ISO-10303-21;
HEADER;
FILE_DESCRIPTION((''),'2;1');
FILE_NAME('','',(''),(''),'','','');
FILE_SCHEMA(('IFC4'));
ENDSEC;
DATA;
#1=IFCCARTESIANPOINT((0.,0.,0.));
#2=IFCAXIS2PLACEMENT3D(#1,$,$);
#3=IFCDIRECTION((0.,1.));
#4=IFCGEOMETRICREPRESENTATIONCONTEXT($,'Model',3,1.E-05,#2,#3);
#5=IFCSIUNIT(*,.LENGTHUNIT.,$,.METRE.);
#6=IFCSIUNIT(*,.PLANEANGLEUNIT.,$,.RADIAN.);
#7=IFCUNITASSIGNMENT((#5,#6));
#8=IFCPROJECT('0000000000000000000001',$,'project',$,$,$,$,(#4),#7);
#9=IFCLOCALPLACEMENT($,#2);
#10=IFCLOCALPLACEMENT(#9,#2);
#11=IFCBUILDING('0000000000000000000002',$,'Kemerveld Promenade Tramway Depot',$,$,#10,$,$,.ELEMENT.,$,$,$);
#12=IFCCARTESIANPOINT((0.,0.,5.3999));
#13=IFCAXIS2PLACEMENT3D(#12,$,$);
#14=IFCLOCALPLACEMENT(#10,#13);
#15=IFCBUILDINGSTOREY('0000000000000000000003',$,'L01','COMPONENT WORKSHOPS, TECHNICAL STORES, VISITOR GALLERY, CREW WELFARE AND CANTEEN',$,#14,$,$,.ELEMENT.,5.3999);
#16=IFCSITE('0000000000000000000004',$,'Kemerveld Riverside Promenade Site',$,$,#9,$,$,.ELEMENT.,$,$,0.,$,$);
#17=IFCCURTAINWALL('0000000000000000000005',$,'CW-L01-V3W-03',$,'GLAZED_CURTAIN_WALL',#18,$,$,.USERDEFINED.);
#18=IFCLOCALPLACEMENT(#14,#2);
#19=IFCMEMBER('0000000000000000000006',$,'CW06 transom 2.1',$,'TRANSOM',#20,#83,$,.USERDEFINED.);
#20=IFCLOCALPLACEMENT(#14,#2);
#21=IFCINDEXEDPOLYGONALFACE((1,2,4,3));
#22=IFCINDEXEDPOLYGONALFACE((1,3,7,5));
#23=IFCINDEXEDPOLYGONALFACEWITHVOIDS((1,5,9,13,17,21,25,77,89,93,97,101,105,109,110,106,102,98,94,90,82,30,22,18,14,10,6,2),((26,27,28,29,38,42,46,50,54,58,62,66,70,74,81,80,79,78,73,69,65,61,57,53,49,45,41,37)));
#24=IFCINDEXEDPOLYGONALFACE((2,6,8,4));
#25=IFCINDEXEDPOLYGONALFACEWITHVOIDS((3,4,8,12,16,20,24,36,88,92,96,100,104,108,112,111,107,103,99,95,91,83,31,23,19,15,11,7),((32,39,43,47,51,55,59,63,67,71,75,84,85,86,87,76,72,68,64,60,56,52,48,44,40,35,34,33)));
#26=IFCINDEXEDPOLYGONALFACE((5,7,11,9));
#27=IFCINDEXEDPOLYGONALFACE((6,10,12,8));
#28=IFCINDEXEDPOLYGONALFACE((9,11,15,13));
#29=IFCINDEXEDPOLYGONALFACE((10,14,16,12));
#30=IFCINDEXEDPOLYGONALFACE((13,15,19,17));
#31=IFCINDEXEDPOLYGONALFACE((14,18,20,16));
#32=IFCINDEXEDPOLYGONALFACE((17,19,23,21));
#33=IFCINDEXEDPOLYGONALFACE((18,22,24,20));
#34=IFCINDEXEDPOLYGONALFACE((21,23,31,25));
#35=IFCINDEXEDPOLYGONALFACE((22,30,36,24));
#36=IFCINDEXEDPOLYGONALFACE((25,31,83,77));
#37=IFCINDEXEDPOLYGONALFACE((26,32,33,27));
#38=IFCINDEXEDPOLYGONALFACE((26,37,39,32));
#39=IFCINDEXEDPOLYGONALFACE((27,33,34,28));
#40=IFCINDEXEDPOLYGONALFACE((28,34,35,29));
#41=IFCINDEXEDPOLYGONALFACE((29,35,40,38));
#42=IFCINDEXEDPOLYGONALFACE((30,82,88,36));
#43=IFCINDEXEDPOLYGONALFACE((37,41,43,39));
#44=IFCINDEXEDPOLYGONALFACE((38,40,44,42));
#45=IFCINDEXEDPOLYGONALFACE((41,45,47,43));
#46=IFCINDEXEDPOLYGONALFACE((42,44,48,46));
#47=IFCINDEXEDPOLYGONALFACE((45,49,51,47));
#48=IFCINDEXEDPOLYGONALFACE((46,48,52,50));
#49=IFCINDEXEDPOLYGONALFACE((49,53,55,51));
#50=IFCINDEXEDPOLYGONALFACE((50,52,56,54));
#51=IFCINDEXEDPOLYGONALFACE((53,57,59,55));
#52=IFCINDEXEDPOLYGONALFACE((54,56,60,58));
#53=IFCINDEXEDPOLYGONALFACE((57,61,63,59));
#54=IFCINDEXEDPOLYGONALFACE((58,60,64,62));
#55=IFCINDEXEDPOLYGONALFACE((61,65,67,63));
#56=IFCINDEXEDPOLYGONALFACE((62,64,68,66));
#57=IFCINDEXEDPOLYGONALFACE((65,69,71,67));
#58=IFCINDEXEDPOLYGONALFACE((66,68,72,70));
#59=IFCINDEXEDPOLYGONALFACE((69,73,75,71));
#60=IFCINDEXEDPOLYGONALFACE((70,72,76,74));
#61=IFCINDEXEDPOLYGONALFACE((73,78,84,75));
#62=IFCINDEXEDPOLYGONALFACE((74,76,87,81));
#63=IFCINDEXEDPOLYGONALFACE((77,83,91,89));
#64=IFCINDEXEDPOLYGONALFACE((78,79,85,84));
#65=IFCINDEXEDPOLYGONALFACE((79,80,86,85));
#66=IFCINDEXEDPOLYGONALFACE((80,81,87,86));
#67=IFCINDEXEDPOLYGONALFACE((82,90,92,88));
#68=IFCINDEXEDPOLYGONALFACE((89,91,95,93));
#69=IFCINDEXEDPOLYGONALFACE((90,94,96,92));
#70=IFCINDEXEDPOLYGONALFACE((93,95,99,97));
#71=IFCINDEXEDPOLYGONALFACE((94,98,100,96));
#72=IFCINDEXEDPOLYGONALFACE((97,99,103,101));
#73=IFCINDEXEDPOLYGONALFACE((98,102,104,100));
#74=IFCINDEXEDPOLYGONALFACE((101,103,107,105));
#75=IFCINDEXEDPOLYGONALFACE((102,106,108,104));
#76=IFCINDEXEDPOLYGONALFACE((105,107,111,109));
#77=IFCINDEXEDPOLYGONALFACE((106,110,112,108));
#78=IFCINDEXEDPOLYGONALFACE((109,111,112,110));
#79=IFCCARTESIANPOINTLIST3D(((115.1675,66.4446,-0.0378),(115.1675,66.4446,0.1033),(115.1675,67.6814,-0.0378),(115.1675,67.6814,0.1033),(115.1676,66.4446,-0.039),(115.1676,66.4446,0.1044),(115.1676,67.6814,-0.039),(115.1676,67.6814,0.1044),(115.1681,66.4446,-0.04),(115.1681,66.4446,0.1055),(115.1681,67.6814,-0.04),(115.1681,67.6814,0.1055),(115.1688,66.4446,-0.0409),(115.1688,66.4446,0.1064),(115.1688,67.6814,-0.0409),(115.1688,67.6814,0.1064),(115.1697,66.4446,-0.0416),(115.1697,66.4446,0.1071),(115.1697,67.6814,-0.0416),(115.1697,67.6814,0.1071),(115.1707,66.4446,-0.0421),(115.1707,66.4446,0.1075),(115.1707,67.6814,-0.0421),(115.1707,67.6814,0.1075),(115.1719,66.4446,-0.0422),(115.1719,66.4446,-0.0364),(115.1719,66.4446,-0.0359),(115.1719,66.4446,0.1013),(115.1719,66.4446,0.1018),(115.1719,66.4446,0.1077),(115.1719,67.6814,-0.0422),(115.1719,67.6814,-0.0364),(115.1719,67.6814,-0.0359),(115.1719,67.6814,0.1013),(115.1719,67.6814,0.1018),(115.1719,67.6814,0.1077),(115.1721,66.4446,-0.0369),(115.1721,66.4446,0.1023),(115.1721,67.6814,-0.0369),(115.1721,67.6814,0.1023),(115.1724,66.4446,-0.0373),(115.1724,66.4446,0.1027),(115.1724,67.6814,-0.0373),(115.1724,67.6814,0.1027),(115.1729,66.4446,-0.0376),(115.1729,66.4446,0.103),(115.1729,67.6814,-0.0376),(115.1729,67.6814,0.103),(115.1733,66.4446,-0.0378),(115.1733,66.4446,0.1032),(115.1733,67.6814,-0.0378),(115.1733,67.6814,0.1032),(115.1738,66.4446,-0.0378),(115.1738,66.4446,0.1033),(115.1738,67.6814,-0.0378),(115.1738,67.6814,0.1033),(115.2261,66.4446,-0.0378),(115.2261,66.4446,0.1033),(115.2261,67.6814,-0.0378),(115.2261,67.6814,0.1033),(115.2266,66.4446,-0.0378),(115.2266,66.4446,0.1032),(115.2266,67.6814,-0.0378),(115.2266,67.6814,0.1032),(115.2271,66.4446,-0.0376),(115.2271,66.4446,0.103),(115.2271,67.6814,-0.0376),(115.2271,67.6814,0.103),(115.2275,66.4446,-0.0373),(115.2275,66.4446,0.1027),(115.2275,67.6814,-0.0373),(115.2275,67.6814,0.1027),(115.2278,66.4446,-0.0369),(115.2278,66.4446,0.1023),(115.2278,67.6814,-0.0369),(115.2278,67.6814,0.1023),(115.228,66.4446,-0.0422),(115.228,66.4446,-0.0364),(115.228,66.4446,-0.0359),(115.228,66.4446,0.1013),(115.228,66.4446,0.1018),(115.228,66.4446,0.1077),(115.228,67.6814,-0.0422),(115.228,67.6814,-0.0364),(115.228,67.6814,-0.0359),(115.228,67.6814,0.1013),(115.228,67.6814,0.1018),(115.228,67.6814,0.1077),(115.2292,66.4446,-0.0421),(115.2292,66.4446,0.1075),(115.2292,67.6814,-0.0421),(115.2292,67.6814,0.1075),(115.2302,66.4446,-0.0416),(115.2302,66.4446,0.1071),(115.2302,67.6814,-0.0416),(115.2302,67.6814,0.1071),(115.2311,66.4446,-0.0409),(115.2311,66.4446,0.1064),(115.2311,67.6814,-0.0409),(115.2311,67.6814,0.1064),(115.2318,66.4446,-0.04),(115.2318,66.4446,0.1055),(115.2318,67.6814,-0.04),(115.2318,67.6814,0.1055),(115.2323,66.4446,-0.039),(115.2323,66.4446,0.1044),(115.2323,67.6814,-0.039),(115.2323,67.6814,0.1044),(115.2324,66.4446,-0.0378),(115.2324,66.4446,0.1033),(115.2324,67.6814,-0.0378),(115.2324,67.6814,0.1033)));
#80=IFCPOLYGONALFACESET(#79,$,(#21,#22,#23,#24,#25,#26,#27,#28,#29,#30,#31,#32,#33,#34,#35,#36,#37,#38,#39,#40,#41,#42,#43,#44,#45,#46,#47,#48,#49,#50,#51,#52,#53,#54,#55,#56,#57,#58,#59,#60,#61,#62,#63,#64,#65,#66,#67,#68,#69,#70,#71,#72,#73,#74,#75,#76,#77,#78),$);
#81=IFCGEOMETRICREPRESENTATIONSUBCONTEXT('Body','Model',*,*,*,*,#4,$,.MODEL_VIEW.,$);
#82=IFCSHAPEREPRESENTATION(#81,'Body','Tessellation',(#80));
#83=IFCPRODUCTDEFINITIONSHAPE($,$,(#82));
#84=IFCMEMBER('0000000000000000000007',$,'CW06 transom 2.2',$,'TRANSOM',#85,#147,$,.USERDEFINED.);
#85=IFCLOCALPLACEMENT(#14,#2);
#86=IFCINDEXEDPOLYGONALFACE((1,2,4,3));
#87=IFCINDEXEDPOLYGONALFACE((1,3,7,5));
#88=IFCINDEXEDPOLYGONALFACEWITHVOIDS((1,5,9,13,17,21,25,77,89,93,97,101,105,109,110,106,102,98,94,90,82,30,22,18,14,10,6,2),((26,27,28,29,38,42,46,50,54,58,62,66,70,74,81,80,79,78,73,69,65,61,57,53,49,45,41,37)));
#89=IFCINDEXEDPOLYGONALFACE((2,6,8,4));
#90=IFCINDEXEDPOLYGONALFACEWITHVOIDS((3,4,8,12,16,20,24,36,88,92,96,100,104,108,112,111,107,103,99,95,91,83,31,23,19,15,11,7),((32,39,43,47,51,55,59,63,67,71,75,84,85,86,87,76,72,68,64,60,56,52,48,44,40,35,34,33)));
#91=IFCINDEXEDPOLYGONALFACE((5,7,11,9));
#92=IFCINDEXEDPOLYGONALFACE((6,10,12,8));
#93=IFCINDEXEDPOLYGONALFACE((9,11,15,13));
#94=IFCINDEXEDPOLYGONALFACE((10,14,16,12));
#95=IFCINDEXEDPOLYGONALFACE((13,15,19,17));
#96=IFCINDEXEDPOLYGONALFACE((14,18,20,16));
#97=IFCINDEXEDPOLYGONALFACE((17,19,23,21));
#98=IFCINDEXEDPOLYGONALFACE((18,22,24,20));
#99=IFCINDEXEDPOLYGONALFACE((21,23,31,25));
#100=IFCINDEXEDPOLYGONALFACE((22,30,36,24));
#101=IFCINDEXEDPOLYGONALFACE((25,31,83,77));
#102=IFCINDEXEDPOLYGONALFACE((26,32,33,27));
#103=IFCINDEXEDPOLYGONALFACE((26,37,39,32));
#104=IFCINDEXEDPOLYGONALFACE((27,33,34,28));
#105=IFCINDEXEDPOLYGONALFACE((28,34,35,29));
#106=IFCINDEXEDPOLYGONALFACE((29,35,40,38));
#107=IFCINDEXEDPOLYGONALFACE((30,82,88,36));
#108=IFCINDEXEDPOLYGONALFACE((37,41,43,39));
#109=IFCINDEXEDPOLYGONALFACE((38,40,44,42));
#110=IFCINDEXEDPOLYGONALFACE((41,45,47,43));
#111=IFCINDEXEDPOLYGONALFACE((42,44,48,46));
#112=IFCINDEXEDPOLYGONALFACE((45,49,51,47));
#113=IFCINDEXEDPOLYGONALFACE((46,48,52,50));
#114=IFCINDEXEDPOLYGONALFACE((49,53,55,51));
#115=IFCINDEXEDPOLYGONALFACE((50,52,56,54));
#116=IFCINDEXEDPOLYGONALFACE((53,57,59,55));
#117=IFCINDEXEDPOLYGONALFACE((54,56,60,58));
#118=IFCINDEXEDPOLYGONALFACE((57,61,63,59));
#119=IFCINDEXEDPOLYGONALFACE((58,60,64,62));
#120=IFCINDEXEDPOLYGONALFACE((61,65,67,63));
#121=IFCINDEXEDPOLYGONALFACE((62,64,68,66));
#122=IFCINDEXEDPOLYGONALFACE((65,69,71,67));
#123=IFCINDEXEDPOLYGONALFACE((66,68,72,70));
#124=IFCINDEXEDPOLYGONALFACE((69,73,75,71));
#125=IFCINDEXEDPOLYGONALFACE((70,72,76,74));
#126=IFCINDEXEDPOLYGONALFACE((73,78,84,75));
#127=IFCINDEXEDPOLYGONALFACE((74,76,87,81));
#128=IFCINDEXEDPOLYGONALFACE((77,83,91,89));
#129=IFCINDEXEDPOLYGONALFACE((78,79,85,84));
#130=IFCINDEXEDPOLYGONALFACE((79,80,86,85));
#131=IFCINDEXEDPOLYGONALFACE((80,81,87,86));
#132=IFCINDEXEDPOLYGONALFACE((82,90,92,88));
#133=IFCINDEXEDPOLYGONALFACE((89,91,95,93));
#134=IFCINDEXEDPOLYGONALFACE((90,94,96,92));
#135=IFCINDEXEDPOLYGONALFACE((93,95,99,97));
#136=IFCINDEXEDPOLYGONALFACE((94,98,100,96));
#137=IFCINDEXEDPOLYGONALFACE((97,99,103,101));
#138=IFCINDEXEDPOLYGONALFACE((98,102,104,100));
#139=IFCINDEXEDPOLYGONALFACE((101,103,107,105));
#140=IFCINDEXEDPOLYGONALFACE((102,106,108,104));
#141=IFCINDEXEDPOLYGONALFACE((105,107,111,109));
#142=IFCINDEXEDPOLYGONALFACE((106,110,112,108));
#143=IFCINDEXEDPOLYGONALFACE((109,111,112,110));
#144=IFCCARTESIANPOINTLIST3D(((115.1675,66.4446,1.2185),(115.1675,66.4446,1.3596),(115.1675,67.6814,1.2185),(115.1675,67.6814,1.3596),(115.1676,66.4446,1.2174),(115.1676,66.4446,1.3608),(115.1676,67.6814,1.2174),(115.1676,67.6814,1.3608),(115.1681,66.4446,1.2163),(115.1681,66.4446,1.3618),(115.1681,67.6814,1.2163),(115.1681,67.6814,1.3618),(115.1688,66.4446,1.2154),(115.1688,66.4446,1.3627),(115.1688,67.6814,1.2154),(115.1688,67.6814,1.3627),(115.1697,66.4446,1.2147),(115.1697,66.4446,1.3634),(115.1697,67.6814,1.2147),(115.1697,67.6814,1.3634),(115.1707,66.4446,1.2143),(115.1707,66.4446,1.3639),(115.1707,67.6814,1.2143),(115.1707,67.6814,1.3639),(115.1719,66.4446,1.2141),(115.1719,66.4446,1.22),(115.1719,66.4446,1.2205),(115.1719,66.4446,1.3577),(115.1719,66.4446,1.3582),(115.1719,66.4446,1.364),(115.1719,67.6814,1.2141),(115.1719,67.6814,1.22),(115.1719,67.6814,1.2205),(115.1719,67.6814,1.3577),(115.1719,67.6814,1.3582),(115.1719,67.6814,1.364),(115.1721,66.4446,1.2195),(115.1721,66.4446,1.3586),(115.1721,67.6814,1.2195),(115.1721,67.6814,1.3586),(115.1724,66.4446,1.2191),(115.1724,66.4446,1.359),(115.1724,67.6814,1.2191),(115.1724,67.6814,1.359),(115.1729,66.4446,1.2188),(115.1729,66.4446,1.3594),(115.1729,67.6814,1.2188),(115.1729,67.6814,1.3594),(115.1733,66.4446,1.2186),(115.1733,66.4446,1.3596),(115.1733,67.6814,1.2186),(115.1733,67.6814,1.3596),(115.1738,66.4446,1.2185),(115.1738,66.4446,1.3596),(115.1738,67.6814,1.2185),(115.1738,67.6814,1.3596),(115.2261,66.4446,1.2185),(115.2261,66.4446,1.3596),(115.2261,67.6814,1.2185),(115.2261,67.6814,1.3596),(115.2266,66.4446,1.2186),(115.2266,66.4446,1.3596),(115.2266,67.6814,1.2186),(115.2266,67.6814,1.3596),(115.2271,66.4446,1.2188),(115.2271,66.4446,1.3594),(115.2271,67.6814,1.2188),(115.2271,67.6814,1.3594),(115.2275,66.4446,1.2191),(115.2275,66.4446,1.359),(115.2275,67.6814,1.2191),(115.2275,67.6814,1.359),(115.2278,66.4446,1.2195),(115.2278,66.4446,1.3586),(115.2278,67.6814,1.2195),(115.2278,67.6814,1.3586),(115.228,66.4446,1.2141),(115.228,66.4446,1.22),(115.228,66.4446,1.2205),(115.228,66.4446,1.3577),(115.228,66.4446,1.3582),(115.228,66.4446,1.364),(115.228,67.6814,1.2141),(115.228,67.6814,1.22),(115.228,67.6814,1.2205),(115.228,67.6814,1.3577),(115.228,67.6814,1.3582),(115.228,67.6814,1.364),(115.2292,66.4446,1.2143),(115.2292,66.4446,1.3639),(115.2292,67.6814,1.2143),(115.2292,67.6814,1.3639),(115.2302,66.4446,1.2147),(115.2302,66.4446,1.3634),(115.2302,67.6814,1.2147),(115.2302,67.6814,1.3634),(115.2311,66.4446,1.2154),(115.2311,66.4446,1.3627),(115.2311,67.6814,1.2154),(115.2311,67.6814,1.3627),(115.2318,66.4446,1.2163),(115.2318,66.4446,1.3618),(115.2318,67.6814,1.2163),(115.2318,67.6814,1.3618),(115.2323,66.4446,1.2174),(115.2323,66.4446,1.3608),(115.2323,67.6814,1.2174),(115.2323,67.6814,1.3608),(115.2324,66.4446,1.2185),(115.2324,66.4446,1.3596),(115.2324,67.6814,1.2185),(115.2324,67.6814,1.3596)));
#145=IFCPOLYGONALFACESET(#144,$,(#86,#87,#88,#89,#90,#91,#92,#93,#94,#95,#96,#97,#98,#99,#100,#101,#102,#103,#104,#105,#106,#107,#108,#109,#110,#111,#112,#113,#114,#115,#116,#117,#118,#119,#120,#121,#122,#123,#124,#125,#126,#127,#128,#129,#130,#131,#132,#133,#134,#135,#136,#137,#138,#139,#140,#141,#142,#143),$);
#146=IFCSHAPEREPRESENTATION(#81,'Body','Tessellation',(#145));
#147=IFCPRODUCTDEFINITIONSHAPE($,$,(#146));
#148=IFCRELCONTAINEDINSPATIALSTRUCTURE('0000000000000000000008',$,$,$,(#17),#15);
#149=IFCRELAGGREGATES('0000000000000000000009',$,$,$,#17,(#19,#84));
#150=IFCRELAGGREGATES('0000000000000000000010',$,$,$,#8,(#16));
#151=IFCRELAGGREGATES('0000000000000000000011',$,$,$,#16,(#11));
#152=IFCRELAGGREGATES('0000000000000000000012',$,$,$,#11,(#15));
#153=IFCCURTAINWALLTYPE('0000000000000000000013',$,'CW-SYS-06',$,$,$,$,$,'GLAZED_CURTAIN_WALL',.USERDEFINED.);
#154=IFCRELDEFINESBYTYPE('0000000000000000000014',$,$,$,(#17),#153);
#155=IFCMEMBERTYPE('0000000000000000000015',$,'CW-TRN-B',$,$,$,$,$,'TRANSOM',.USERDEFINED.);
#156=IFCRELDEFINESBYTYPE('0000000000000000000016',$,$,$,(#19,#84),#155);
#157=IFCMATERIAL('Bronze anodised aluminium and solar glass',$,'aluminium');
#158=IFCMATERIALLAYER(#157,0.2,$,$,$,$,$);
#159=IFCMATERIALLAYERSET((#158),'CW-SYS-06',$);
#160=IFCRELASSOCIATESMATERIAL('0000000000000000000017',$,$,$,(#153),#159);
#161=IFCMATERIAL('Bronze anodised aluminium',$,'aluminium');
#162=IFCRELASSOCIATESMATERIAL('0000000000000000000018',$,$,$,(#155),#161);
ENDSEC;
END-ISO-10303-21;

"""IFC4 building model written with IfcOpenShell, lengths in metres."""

from ifc_helpers import new_model, si_unit, direction, frame, origin, origin_2d, place, context, subcontext, project, spatial, hollow_rectangle, extrude, material, layer, layer_set, material_profile, profile_set, type_object, element, aggregate, save


model = new_model("IFC4")

# Units and contexts
model_context = context("Model", 3, precision=1e-05, world=origin(), true_north=direction((0.0, 1.0)))
body_context = subcontext(model_context, "Body", "Model", "MODEL_VIEW")
ifc_project = project(units=[si_unit("LENGTHUNIT", "METRE"), si_unit("PLANEANGLEUNIT", "RADIAN")], contexts=[model_context])

# Site, building, storey
site_placement = place(None, origin())
site = spatial("IfcSite", under=ifc_project, at=site_placement, Name="Kemerveld Riverside Promenade Site", CompositionType="ELEMENT", RefElevation=0.0)
building_placement = place(site_placement, origin())
building = spatial("IfcBuilding", under=site, at=building_placement, Name="Kemerveld Promenade Tramway Depot", CompositionType="ELEMENT")
storey_placement = place(building_placement, frame((0.0, 0.0, 5.3999)))
storey = spatial("IfcBuildingStorey", under=building, at=storey_placement, Name="L01", Description="COMPONENT WORKSHOPS, TECHNICAL STORES, VISITOR GALLERY, CREW WELFARE AND CANTEEN", CompositionType="ELEMENT", Elevation=5.3999)

# Curtain wall, members
ifc_material_1 = material(Name="Bronze anodised aluminium and solar glass", Category="aluminium")
ifc_layer_1 = layer(ifc_material_1, 0.2)
ifc_layer_set_1 = layer_set([ifc_layer_1], Name="CW-SYS-06")
curtain_wall_type = type_object("IfcCurtainWallType", Name="CW-SYS-06", ElementType="GLAZED_CURTAIN_WALL", PredefinedType="USERDEFINED", material=ifc_layer_set_1)
curtain_wall_placement = place(storey_placement, origin())
curtain_wall = element("IfcCurtainWall", 1, at=curtain_wall_placement, inside=storey, type_object=curtain_wall_type, Name="CW-L01-V3W-03", ObjectType="GLAZED_CURTAIN_WALL", PredefinedType="USERDEFINED")
ifc_material_2 = material(Name="Bronze anodised aluminium", Category="aluminium")
ifc_material_profile_1 = material_profile(ifc_material_2, hollow_rectangle(XDim=0.0649, YDim=0.1499, WallThickness=0.0044, InnerFilletRadius=0.002, OuterFilletRadius=0.0044, at=origin_2d()), Name="CW-TRN-150x65")
ifc_profile_set_1 = profile_set([ifc_material_profile_1], Name="Bronze anodised aluminium")
member_type_1 = type_object("IfcMemberType", Name="CW-TRN-B", ElementType="TRANSOM", PredefinedType="USERDEFINED", material=ifc_profile_set_1)
member_1_placement = place(storey_placement, frame((115.2, 66.4446, 0.0327), z_axis=(0.0, 1.0, 0.0), x_axis=(-1.0, 0.0, 0.0)))
member_1 = element("IfcMember", 2, at=member_1_placement, type_object=member_type_1, Name="CW06 transom 2.1", ObjectType="TRANSOM", PredefinedType="USERDEFINED", context=body_context, shape_type="SweptSolid", body=[
    extrude(hollow_rectangle(XDim=0.0649, YDim=0.1499, WallThickness=0.0044, InnerFilletRadius=0.002, OuterFilletRadius=0.0044, at=origin_2d()), origin(), (0.0, 0.0, 1.0), 1.2368),
])
member_2_placement = place(storey_placement, frame((115.2, 66.4446, 1.2891), z_axis=(0.0, 1.0, 0.0), x_axis=(-1.0, 0.0, 0.0)))
member_2 = element("IfcMember", 3, at=member_2_placement, type_object=member_type_1, Name="CW06 transom 2.2", ObjectType="TRANSOM", PredefinedType="USERDEFINED", context=body_context, shape_type="SweptSolid", body=[
    extrude(hollow_rectangle(XDim=0.0649, YDim=0.1499, WallThickness=0.0044, InnerFilletRadius=0.002, OuterFilletRadius=0.0044, at=origin_2d()), origin(), (0.0, 0.0, 1.0), 1.2368),
])
aggregate(curtain_wall, [member_1, member_2])

save(model, "model.ifc")
